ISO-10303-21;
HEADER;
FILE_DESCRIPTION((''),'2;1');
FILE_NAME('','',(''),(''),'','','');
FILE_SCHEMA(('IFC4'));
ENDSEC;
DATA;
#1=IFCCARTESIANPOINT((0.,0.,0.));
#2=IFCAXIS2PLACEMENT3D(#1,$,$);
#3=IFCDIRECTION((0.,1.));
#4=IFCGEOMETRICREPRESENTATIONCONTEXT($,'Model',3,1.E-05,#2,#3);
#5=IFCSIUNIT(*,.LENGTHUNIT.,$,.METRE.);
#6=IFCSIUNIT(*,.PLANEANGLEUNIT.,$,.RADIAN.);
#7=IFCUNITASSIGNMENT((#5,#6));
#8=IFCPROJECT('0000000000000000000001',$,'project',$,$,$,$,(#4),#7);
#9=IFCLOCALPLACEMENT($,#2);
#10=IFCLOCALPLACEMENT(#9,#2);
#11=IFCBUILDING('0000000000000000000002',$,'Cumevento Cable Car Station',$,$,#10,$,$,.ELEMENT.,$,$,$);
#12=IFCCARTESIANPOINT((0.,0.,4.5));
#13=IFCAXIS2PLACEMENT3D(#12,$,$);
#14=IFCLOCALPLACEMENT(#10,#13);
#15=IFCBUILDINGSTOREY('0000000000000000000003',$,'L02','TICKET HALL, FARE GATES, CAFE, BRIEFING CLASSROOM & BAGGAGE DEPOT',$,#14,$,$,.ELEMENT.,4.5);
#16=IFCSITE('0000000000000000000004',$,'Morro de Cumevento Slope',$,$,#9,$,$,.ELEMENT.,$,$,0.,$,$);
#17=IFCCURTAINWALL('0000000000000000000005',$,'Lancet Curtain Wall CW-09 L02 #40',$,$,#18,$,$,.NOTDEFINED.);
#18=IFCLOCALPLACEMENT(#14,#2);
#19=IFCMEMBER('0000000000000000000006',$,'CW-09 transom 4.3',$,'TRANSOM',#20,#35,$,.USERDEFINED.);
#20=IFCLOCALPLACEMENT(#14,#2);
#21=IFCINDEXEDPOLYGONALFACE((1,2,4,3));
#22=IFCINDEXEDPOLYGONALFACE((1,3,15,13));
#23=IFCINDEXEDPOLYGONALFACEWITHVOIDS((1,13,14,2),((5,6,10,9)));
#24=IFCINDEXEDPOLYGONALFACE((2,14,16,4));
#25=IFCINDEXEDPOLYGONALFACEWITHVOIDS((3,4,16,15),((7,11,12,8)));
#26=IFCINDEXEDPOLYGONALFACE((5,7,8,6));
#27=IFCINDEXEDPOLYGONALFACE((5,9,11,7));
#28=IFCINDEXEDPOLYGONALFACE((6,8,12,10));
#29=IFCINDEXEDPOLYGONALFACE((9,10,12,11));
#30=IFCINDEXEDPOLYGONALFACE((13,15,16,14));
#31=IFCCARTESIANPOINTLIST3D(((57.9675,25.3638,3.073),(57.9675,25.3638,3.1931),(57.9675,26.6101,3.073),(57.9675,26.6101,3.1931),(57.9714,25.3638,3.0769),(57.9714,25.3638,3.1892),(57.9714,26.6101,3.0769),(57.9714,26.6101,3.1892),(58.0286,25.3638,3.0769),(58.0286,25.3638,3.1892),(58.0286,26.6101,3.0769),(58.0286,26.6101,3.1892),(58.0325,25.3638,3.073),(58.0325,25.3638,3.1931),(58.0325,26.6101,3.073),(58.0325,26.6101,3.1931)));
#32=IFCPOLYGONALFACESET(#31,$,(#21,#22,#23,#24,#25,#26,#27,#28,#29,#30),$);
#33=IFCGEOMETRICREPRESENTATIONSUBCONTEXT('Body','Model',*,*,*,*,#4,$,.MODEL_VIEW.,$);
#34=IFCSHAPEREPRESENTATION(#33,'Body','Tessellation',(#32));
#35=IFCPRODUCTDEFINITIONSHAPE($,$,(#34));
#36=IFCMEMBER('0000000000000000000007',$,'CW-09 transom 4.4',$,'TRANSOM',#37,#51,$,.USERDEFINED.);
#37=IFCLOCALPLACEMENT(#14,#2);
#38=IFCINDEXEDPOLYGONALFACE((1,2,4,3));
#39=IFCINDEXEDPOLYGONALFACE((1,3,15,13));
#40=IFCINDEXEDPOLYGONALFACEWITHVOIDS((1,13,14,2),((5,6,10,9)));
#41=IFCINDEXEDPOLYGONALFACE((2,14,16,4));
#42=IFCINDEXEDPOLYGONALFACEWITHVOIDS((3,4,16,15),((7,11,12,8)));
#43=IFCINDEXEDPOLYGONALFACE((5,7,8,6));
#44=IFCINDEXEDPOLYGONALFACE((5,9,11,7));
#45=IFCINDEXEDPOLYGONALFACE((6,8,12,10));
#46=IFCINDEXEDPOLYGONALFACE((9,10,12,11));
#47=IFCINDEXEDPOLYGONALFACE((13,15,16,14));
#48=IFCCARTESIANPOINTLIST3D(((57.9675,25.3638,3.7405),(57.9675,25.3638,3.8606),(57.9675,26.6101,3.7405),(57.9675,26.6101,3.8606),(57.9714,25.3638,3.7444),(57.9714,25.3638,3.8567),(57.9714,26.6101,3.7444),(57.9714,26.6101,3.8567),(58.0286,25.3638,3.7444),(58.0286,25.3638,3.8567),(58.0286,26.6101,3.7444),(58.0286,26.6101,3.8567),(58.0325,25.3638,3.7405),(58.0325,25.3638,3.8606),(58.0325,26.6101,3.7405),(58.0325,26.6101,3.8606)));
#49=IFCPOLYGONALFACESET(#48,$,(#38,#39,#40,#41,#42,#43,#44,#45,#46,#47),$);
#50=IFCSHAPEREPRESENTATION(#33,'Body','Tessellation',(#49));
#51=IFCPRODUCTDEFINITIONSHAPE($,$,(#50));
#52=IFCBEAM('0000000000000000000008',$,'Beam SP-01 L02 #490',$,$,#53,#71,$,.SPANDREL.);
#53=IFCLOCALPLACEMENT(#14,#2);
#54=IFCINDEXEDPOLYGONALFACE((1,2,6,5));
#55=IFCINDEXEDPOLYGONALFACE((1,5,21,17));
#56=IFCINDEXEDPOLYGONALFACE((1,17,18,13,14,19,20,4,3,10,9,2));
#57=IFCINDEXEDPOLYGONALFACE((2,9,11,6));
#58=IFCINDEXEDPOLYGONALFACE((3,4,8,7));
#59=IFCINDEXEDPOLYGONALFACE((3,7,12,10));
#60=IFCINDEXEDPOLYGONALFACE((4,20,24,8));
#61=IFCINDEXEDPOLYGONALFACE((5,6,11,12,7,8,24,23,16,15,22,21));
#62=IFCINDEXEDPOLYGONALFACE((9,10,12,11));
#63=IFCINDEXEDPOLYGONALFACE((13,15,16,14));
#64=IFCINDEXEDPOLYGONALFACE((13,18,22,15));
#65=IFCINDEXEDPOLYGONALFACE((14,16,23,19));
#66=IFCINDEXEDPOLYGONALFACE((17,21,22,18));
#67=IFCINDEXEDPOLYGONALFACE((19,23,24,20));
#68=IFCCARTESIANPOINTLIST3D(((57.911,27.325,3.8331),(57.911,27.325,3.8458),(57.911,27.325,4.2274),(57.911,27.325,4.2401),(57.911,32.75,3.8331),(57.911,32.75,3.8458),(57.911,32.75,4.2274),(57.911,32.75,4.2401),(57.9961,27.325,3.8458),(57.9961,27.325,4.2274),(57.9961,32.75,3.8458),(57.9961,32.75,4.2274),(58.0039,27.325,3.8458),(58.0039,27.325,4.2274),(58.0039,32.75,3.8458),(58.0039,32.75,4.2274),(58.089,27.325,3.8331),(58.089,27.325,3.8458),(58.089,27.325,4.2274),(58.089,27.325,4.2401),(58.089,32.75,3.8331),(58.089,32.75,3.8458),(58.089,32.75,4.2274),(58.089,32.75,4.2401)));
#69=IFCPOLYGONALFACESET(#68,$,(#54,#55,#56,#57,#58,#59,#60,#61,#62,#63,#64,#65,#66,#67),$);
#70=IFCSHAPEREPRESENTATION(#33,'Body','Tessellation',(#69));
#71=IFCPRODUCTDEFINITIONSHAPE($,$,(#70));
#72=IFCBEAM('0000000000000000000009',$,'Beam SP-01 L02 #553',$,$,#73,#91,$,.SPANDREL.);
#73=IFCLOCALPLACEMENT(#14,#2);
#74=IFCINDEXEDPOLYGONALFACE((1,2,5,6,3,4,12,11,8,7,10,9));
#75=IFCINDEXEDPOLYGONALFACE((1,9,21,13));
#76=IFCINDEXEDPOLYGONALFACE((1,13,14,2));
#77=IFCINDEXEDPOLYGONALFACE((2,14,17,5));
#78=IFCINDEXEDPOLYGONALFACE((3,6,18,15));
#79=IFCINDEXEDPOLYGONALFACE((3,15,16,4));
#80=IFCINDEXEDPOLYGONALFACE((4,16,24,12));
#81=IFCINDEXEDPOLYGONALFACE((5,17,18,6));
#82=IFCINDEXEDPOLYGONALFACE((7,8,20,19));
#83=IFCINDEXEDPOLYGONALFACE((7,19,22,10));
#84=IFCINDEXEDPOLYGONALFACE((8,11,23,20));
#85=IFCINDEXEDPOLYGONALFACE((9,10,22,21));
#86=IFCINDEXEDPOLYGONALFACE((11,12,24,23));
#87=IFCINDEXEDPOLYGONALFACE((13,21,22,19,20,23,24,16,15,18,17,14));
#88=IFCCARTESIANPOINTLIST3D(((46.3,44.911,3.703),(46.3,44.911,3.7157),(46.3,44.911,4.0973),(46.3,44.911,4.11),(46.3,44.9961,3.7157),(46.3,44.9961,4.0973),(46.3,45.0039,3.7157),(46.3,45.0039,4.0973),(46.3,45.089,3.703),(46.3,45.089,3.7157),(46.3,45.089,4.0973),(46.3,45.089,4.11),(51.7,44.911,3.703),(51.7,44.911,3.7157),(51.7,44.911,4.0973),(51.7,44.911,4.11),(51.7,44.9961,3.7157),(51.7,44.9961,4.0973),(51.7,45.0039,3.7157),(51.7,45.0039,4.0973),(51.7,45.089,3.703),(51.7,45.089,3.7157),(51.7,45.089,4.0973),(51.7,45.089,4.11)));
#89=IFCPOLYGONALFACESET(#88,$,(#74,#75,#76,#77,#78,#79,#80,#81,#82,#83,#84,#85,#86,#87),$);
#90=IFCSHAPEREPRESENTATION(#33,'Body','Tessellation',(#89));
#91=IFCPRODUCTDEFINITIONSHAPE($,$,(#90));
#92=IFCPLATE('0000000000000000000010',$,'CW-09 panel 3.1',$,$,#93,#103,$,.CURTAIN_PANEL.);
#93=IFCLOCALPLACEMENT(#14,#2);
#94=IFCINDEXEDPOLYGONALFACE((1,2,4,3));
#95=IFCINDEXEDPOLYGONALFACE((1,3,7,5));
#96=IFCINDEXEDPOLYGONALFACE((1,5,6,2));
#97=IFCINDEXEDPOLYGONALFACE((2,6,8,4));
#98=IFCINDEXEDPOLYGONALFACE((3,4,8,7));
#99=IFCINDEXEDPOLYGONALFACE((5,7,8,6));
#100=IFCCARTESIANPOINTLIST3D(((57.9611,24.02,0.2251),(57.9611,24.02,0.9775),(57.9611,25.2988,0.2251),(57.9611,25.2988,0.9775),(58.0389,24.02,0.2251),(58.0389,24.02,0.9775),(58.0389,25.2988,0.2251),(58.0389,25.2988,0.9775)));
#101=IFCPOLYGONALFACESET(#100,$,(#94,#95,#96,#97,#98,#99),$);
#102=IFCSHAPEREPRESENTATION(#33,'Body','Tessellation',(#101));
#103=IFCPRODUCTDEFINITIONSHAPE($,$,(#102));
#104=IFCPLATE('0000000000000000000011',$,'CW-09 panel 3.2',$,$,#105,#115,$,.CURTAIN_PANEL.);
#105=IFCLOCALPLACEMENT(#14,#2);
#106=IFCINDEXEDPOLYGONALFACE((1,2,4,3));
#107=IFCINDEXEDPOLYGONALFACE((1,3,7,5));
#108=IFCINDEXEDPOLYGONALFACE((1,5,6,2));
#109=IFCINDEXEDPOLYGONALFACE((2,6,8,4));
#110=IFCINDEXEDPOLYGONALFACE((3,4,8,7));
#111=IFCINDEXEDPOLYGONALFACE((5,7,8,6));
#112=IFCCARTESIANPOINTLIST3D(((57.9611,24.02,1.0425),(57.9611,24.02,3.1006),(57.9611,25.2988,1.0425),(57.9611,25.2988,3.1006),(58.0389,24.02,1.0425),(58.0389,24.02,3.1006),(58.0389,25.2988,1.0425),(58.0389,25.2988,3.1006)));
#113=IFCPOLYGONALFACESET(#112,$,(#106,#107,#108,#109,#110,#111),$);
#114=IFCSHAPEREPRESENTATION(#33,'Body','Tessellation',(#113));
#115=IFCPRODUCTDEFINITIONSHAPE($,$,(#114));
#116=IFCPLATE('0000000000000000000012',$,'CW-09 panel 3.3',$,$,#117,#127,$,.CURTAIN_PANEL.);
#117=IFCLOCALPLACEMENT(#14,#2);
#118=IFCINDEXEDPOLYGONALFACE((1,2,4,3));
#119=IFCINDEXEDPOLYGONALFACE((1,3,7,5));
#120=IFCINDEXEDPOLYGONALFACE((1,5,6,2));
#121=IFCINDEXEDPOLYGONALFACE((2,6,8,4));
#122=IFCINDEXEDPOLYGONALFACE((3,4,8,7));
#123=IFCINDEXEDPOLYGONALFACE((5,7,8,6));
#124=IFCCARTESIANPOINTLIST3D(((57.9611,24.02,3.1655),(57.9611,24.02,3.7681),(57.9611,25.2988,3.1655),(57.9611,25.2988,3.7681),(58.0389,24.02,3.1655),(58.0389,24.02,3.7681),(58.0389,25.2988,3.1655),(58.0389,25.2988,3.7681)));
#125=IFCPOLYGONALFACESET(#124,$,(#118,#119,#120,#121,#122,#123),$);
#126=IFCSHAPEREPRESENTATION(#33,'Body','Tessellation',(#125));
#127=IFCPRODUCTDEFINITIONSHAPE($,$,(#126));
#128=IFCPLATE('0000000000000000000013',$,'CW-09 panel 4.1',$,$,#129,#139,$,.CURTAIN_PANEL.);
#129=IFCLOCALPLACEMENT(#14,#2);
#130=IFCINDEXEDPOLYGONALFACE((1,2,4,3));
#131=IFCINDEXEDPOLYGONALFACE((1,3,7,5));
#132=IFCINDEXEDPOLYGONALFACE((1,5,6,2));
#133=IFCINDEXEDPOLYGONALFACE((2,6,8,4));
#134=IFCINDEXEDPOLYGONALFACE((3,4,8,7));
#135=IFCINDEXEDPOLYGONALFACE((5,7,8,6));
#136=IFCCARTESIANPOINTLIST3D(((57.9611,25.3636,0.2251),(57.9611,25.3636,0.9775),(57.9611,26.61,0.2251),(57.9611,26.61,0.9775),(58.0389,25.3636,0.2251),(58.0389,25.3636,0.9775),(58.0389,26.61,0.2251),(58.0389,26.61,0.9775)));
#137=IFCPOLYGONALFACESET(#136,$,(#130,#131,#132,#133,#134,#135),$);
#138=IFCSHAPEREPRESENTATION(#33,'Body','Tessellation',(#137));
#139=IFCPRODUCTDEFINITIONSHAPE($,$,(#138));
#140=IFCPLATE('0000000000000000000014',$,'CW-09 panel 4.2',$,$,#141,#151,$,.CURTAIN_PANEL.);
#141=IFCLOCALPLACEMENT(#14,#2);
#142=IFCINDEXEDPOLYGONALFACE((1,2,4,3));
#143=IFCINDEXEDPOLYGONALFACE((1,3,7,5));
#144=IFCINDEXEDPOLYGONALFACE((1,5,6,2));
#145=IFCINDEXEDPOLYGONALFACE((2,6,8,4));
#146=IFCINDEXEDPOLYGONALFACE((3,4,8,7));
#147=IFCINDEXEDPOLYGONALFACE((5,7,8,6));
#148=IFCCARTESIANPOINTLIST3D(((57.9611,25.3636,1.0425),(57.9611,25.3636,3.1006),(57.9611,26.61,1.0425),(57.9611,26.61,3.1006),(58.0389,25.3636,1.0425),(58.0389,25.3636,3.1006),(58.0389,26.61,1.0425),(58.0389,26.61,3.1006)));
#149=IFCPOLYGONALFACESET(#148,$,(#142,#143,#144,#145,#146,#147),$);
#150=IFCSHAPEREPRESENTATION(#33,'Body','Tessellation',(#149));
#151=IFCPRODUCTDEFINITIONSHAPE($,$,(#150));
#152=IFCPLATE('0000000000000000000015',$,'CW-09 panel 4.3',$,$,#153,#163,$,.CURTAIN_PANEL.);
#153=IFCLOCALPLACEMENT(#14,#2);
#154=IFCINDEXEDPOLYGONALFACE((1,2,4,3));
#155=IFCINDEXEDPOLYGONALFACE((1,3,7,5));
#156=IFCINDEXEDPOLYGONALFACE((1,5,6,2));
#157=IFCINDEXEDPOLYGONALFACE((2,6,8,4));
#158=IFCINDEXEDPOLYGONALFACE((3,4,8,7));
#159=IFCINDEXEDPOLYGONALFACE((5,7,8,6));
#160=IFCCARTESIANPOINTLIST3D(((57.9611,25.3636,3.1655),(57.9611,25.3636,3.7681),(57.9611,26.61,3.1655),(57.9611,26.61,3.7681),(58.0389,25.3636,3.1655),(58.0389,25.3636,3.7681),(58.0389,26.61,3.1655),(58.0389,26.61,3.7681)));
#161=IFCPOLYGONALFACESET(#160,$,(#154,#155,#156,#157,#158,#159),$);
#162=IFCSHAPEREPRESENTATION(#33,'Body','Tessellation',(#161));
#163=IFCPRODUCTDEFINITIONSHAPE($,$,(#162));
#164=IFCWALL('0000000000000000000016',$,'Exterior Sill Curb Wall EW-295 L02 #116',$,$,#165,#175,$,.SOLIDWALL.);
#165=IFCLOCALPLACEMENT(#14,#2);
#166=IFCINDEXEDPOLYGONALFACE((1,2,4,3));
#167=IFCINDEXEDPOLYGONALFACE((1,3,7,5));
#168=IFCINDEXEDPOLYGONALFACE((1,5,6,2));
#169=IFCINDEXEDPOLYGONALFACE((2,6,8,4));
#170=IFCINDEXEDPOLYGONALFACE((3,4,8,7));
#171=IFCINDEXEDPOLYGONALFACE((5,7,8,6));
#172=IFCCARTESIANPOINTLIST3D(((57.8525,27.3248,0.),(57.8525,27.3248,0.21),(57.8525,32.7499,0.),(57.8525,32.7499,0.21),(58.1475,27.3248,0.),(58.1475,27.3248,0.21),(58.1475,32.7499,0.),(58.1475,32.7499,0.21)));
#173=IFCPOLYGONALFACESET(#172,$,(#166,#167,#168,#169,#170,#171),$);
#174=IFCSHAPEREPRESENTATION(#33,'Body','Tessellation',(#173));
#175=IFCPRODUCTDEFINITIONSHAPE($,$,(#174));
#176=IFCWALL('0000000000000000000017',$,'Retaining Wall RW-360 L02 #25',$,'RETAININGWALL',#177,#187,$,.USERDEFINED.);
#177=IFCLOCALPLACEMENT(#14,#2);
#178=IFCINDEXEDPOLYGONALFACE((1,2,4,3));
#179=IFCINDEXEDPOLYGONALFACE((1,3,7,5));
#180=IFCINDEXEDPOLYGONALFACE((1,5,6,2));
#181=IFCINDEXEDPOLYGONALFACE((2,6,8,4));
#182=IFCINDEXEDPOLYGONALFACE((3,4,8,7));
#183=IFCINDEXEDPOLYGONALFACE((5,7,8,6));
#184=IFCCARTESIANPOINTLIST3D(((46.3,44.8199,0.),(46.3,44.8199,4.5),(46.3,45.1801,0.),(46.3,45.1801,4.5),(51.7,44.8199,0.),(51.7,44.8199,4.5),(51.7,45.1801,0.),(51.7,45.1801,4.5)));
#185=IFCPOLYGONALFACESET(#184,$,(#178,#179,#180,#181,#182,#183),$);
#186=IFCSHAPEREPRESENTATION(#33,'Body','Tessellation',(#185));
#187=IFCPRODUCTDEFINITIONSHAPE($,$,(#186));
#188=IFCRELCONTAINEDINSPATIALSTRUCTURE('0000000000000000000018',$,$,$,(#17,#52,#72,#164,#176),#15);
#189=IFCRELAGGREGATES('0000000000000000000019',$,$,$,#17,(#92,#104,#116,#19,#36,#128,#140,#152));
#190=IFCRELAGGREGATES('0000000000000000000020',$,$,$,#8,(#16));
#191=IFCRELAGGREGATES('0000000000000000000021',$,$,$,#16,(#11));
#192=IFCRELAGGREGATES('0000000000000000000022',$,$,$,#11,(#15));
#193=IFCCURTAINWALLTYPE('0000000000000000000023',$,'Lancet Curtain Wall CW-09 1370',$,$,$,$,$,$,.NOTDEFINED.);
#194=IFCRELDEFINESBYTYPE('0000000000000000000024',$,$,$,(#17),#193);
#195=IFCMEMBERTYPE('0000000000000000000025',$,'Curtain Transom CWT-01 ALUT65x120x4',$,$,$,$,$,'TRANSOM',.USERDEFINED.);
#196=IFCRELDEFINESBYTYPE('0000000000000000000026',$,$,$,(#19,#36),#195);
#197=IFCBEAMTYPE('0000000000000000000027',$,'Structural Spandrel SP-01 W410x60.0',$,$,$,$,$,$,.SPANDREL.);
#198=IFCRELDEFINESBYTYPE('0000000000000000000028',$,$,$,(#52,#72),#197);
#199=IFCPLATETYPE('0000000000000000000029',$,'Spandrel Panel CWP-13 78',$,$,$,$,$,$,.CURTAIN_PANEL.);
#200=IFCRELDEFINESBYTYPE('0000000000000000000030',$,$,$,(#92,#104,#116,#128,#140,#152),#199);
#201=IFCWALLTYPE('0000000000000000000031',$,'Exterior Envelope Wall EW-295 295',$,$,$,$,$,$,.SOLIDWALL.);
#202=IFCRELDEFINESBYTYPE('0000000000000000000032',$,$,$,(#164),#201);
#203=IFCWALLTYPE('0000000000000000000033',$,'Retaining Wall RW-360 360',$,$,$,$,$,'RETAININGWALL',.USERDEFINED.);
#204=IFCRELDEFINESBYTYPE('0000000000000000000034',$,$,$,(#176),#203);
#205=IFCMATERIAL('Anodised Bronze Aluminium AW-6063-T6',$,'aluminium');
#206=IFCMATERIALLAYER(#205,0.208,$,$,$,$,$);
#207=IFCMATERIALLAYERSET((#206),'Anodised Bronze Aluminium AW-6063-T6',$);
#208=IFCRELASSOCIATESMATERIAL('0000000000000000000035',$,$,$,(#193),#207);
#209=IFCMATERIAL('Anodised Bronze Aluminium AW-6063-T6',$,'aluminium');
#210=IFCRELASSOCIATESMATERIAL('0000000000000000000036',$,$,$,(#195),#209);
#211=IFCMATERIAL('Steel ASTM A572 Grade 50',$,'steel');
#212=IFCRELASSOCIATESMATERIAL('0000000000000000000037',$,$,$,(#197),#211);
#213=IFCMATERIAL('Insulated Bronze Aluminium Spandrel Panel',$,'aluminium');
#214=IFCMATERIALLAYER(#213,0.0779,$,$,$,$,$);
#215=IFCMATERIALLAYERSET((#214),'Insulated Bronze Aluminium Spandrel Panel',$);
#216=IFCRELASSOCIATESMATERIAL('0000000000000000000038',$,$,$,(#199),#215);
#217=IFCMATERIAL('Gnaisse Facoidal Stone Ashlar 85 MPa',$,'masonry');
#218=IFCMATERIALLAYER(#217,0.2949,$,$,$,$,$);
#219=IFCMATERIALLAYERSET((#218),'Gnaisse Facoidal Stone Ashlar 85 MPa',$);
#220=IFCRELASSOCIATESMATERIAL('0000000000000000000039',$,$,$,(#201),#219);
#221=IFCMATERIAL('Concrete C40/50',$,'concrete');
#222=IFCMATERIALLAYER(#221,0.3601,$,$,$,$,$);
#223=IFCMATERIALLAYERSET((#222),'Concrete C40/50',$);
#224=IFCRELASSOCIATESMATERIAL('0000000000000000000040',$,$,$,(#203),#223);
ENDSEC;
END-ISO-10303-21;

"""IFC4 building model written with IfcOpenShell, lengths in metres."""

from ifc_helpers import new_model, si_unit, direction, frame, frame_2d, origin, origin_2d, place, context, subcontext, project, spatial, rectangle, hollow_rectangle, i_section, extrude, material, layer, layer_set, material_profile, profile_set, type_object, element, aggregate, save


model = new_model("IFC4")

# Units and contexts
model_context = context("Model", 3, precision=1e-05, world=origin(), true_north=direction((0.0, 1.0)))
body_context = subcontext(model_context, "Body", "Model", "MODEL_VIEW")
ifc_project = project(units=[si_unit("LENGTHUNIT", "METRE"), si_unit("PLANEANGLEUNIT", "RADIAN")], contexts=[model_context])

# Site, building, storey
site_placement = place(None, origin())
site = spatial("IfcSite", under=ifc_project, at=site_placement, Name="Morro de Cumevento Slope", CompositionType="ELEMENT", RefElevation=0.0)
building_placement = place(site_placement, origin())
building = spatial("IfcBuilding", under=site, at=building_placement, Name="Cumevento Cable Car Station", CompositionType="ELEMENT")
storey_placement = place(building_placement, frame((0.0, 0.0, 4.5)))
storey = spatial("IfcBuildingStorey", under=building, at=storey_placement, Name="L02", Description="TICKET HALL, FARE GATES, CAFE, BRIEFING CLASSROOM & BAGGAGE DEPOT", CompositionType="ELEMENT", Elevation=4.5)

# Curtain wall, members
ifc_material_1 = material(Name="Anodised Bronze Aluminium AW-6063-T6", Category="aluminium")
ifc_layer_1 = layer(ifc_material_1, 0.208)
ifc_layer_set_1 = layer_set([ifc_layer_1], Name="Anodised Bronze Aluminium AW-6063-T6")
curtain_wall_type = type_object("IfcCurtainWallType", Name="Lancet Curtain Wall CW-09 1370", PredefinedType="NOTDEFINED", material=ifc_layer_set_1)
curtain_wall_placement = place(storey_placement, origin())
curtain_wall = element("IfcCurtainWall", 1, at=curtain_wall_placement, inside=storey, type_object=curtain_wall_type, Name="Lancet Curtain Wall CW-09 L02 #40", PredefinedType="NOTDEFINED")
ifc_material_2 = material(Name="Anodised Bronze Aluminium AW-6063-T6", Category="aluminium")
ifc_material_profile_1 = material_profile(ifc_material_2, hollow_rectangle(XDim=0.0649, YDim=0.1201, WallThickness=0.0039, at=origin_2d()), Name="ALUT65x120x4")
ifc_profile_set_1 = profile_set([ifc_material_profile_1], Name="Anodised Bronze Aluminium AW-6063-T6")
member_type_1 = type_object("IfcMemberType", Name="Curtain Transom CWT-01 ALUT65x120x4", ElementType="TRANSOM", PredefinedType="USERDEFINED", material=ifc_profile_set_1)
member_1_placement = place(storey_placement, frame((58.0, 25.3638, 3.1331), z_axis=(0.0, 1.0, 0.0), x_axis=(-1.0, 0.0, 0.0)))
member_1 = element("IfcMember", 2, at=member_1_placement, type_object=member_type_1, Name="CW-09 transom 4.3", ObjectType="TRANSOM", PredefinedType="USERDEFINED", context=body_context, shape_type="SweptSolid", body=[
    extrude(hollow_rectangle(XDim=0.0649, YDim=0.1201, WallThickness=0.0039, at=origin_2d()), origin(), (0.0, 0.0, 1.0), 1.2463),
])
member_2_placement = place(storey_placement, frame((58.0, 25.3638, 3.8005), z_axis=(0.0, 1.0, 0.0), x_axis=(-1.0, 0.0, 0.0)))
member_2 = element("IfcMember", 3, at=member_2_placement, type_object=member_type_1, Name="CW-09 transom 4.4", ObjectType="TRANSOM", PredefinedType="USERDEFINED", context=body_context, shape_type="SweptSolid", body=[
    extrude(hollow_rectangle(XDim=0.0649, YDim=0.1201, WallThickness=0.0039, at=origin_2d()), origin(), (0.0, 0.0, 1.0), 1.2463),
])

# Beams
ifc_material_3 = material(Name="Steel ASTM A572 Grade 50", Category="steel")
ifc_material_profile_2 = material_profile(ifc_material_3, i_section(OverallWidth=0.178, OverallDepth=0.407, WebThickness=0.0078, FlangeThickness=0.0127, at=origin_2d()), Name="W410x60.0")
ifc_profile_set_2 = profile_set([ifc_material_profile_2], Name="Steel ASTM A572 Grade 50")
beam_type = type_object("IfcBeamType", Name="Structural Spandrel SP-01 W410x60.0", PredefinedType="SPANDREL", material=ifc_profile_set_2)
beam_1_placement = place(storey_placement, frame((58.0, 27.325, 4.0366), z_axis=(0.0, 1.0, 0.0), x_axis=(-1.0, 0.0, 0.0)))
element("IfcBeam", 4, at=beam_1_placement, inside=storey, type_object=beam_type, Name="Beam SP-01 L02 #490", PredefinedType="SPANDREL", context=body_context, shape_type="SweptSolid", body=[
    extrude(i_section(OverallWidth=0.178, OverallDepth=0.407, WebThickness=0.0078, FlangeThickness=0.0127, at=origin_2d()), origin(), (0.0, 0.0, 1.0), 5.425),
])
beam_2_placement = place(storey_placement, frame((46.3, 45.0, 3.9065), z_axis=(1.0, 0.0, 0.0), x_axis=(0.0, 1.0, 0.0)))
element("IfcBeam", 5, at=beam_2_placement, inside=storey, type_object=beam_type, Name="Beam SP-01 L02 #553", PredefinedType="SPANDREL", context=body_context, shape_type="SweptSolid", body=[
    extrude(i_section(OverallWidth=0.178, OverallDepth=0.407, WebThickness=0.0078, FlangeThickness=0.0127, at=origin_2d()), origin(), (0.0, 0.0, 1.0), 5.3999),
])

# Plates
ifc_material_4 = material(Name="Insulated Bronze Aluminium Spandrel Panel", Category="aluminium")
ifc_layer_2 = layer(ifc_material_4, 0.0779)
ifc_layer_set_2 = layer_set([ifc_layer_2], Name="Insulated Bronze Aluminium Spandrel Panel")
plate_type = type_object("IfcPlateType", Name="Spandrel Panel CWP-13 78", PredefinedType="CURTAIN_PANEL", material=ifc_layer_set_2)
plate_1_placement = place(storey_placement, frame((58.0, 24.6594, 0.2251), z_axis=(0.0, 0.0, 1.0), x_axis=(0.0, 1.0, 0.0)))
plate_1 = element("IfcPlate", 6, at=plate_1_placement, type_object=plate_type, Name="CW-09 panel 3.1", PredefinedType="CURTAIN_PANEL", context=body_context, shape_type="SweptSolid", body=[
    extrude(rectangle(XDim=1.2788, YDim=0.0779, at=origin_2d()), origin(), (0.0, 0.0, 1.0), 0.7524),
])
plate_2_placement = place(storey_placement, frame((58.0, 24.6594, 1.0425), z_axis=(0.0, 0.0, 1.0), x_axis=(0.0, 1.0, 0.0)))
plate_2 = element("IfcPlate", 7, at=plate_2_placement, type_object=plate_type, Name="CW-09 panel 3.2", PredefinedType="CURTAIN_PANEL", context=body_context, shape_type="SweptSolid", body=[
    extrude(rectangle(XDim=1.2788, YDim=0.0779, at=origin_2d()), origin(), (0.0, 0.0, 1.0), 2.0581),
])
plate_3_placement = place(storey_placement, frame((58.0, 24.6594, 3.1655), z_axis=(0.0, 0.0, 1.0), x_axis=(0.0, 1.0, 0.0)))
plate_3 = element("IfcPlate", 8, at=plate_3_placement, type_object=plate_type, Name="CW-09 panel 3.3", PredefinedType="CURTAIN_PANEL", context=body_context, shape_type="SweptSolid", body=[
    extrude(rectangle(XDim=1.2788, YDim=0.0779, at=origin_2d()), origin(), (0.0, 0.0, 1.0), 0.6025),
])
plate_4_placement = place(storey_placement, frame((58.0, 25.9868, 0.2251), z_axis=(0.0, 0.0, 1.0), x_axis=(0.0, 1.0, 0.0)))
plate_4 = element("IfcPlate", 9, at=plate_4_placement, type_object=plate_type, Name="CW-09 panel 4.1", PredefinedType="CURTAIN_PANEL", context=body_context, shape_type="SweptSolid", body=[
    extrude(rectangle(XDim=1.2463, YDim=0.0779, at=origin_2d()), origin(), (0.0, 0.0, 1.0), 0.7524),
])
plate_5_placement = place(storey_placement, frame((58.0, 25.9868, 1.0425), z_axis=(0.0, 0.0, 1.0), x_axis=(0.0, 1.0, 0.0)))
plate_5 = element("IfcPlate", 10, at=plate_5_placement, type_object=plate_type, Name="CW-09 panel 4.2", PredefinedType="CURTAIN_PANEL", context=body_context, shape_type="SweptSolid", body=[
    extrude(rectangle(XDim=1.2463, YDim=0.0779, at=origin_2d()), origin(), (0.0, 0.0, 1.0), 2.0581),
])
plate_6_placement = place(storey_placement, frame((58.0, 25.9868, 3.1655), z_axis=(0.0, 0.0, 1.0), x_axis=(0.0, 1.0, 0.0)))
plate_6 = element("IfcPlate", 11, at=plate_6_placement, type_object=plate_type, Name="CW-09 panel 4.3", PredefinedType="CURTAIN_PANEL", context=body_context, shape_type="SweptSolid", body=[
    extrude(rectangle(XDim=1.2463, YDim=0.0779, at=origin_2d()), origin(), (0.0, 0.0, 1.0), 0.6025),
])
aggregate(curtain_wall, [plate_1, plate_2, plate_3, member_1, member_2, plate_4, plate_5, plate_6])

# Walls
ifc_material_5 = material(Name="Gnaisse Facoidal Stone Ashlar 85 MPa", Category="masonry")
ifc_layer_3 = layer(ifc_material_5, 0.2949)
ifc_layer_set_3 = layer_set([ifc_layer_3], Name="Gnaisse Facoidal Stone Ashlar 85 MPa")
wall_type_1 = type_object("IfcWallType", Name="Exterior Envelope Wall EW-295 295", PredefinedType="SOLIDWALL", material=ifc_layer_set_3)
wall_1_placement = place(storey_placement, frame((58.0, 27.325, 0.0), z_axis=(0.0, 0.0, 1.0), x_axis=(0.0, 1.0, 0.0)))
element("IfcWall", 12, at=wall_1_placement, inside=storey, type_object=wall_type_1, Name="Exterior Sill Curb Wall EW-295 L02 #116", PredefinedType="SOLIDWALL", context=body_context, shape_type="SweptSolid", body=[
    extrude(rectangle(XDim=5.425, YDim=0.2949, at=frame_2d((2.7124, 0.0))), origin(), (0.0, 0.0, 1.0), 0.21),
])
ifc_material_6 = material(Name="Concrete C40/50", Category="concrete")
ifc_layer_4 = layer(ifc_material_6, 0.3601)
ifc_layer_set_4 = layer_set([ifc_layer_4], Name="Concrete C40/50")
wall_type_2 = type_object("IfcWallType", Name="Retaining Wall RW-360 360", ElementType="RETAININGWALL", PredefinedType="USERDEFINED", material=ifc_layer_set_4)
wall_2_placement = place(storey_placement, frame((46.3, 45.0, 0.0), z_axis=(0.0, 0.0, 1.0), x_axis=(1.0, 0.0, 0.0)))
element("IfcWall", 13, at=wall_2_placement, inside=storey, type_object=wall_type_2, Name="Retaining Wall RW-360 L02 #25", ObjectType="RETAININGWALL", PredefinedType="USERDEFINED", context=body_context, shape_type="SweptSolid", body=[
    extrude(rectangle(XDim=5.3999, YDim=0.3601, at=frame_2d((2.7, 0.0))), origin(), (0.0, 0.0, 1.0), 4.5),
])

save(model, "model.ifc")
